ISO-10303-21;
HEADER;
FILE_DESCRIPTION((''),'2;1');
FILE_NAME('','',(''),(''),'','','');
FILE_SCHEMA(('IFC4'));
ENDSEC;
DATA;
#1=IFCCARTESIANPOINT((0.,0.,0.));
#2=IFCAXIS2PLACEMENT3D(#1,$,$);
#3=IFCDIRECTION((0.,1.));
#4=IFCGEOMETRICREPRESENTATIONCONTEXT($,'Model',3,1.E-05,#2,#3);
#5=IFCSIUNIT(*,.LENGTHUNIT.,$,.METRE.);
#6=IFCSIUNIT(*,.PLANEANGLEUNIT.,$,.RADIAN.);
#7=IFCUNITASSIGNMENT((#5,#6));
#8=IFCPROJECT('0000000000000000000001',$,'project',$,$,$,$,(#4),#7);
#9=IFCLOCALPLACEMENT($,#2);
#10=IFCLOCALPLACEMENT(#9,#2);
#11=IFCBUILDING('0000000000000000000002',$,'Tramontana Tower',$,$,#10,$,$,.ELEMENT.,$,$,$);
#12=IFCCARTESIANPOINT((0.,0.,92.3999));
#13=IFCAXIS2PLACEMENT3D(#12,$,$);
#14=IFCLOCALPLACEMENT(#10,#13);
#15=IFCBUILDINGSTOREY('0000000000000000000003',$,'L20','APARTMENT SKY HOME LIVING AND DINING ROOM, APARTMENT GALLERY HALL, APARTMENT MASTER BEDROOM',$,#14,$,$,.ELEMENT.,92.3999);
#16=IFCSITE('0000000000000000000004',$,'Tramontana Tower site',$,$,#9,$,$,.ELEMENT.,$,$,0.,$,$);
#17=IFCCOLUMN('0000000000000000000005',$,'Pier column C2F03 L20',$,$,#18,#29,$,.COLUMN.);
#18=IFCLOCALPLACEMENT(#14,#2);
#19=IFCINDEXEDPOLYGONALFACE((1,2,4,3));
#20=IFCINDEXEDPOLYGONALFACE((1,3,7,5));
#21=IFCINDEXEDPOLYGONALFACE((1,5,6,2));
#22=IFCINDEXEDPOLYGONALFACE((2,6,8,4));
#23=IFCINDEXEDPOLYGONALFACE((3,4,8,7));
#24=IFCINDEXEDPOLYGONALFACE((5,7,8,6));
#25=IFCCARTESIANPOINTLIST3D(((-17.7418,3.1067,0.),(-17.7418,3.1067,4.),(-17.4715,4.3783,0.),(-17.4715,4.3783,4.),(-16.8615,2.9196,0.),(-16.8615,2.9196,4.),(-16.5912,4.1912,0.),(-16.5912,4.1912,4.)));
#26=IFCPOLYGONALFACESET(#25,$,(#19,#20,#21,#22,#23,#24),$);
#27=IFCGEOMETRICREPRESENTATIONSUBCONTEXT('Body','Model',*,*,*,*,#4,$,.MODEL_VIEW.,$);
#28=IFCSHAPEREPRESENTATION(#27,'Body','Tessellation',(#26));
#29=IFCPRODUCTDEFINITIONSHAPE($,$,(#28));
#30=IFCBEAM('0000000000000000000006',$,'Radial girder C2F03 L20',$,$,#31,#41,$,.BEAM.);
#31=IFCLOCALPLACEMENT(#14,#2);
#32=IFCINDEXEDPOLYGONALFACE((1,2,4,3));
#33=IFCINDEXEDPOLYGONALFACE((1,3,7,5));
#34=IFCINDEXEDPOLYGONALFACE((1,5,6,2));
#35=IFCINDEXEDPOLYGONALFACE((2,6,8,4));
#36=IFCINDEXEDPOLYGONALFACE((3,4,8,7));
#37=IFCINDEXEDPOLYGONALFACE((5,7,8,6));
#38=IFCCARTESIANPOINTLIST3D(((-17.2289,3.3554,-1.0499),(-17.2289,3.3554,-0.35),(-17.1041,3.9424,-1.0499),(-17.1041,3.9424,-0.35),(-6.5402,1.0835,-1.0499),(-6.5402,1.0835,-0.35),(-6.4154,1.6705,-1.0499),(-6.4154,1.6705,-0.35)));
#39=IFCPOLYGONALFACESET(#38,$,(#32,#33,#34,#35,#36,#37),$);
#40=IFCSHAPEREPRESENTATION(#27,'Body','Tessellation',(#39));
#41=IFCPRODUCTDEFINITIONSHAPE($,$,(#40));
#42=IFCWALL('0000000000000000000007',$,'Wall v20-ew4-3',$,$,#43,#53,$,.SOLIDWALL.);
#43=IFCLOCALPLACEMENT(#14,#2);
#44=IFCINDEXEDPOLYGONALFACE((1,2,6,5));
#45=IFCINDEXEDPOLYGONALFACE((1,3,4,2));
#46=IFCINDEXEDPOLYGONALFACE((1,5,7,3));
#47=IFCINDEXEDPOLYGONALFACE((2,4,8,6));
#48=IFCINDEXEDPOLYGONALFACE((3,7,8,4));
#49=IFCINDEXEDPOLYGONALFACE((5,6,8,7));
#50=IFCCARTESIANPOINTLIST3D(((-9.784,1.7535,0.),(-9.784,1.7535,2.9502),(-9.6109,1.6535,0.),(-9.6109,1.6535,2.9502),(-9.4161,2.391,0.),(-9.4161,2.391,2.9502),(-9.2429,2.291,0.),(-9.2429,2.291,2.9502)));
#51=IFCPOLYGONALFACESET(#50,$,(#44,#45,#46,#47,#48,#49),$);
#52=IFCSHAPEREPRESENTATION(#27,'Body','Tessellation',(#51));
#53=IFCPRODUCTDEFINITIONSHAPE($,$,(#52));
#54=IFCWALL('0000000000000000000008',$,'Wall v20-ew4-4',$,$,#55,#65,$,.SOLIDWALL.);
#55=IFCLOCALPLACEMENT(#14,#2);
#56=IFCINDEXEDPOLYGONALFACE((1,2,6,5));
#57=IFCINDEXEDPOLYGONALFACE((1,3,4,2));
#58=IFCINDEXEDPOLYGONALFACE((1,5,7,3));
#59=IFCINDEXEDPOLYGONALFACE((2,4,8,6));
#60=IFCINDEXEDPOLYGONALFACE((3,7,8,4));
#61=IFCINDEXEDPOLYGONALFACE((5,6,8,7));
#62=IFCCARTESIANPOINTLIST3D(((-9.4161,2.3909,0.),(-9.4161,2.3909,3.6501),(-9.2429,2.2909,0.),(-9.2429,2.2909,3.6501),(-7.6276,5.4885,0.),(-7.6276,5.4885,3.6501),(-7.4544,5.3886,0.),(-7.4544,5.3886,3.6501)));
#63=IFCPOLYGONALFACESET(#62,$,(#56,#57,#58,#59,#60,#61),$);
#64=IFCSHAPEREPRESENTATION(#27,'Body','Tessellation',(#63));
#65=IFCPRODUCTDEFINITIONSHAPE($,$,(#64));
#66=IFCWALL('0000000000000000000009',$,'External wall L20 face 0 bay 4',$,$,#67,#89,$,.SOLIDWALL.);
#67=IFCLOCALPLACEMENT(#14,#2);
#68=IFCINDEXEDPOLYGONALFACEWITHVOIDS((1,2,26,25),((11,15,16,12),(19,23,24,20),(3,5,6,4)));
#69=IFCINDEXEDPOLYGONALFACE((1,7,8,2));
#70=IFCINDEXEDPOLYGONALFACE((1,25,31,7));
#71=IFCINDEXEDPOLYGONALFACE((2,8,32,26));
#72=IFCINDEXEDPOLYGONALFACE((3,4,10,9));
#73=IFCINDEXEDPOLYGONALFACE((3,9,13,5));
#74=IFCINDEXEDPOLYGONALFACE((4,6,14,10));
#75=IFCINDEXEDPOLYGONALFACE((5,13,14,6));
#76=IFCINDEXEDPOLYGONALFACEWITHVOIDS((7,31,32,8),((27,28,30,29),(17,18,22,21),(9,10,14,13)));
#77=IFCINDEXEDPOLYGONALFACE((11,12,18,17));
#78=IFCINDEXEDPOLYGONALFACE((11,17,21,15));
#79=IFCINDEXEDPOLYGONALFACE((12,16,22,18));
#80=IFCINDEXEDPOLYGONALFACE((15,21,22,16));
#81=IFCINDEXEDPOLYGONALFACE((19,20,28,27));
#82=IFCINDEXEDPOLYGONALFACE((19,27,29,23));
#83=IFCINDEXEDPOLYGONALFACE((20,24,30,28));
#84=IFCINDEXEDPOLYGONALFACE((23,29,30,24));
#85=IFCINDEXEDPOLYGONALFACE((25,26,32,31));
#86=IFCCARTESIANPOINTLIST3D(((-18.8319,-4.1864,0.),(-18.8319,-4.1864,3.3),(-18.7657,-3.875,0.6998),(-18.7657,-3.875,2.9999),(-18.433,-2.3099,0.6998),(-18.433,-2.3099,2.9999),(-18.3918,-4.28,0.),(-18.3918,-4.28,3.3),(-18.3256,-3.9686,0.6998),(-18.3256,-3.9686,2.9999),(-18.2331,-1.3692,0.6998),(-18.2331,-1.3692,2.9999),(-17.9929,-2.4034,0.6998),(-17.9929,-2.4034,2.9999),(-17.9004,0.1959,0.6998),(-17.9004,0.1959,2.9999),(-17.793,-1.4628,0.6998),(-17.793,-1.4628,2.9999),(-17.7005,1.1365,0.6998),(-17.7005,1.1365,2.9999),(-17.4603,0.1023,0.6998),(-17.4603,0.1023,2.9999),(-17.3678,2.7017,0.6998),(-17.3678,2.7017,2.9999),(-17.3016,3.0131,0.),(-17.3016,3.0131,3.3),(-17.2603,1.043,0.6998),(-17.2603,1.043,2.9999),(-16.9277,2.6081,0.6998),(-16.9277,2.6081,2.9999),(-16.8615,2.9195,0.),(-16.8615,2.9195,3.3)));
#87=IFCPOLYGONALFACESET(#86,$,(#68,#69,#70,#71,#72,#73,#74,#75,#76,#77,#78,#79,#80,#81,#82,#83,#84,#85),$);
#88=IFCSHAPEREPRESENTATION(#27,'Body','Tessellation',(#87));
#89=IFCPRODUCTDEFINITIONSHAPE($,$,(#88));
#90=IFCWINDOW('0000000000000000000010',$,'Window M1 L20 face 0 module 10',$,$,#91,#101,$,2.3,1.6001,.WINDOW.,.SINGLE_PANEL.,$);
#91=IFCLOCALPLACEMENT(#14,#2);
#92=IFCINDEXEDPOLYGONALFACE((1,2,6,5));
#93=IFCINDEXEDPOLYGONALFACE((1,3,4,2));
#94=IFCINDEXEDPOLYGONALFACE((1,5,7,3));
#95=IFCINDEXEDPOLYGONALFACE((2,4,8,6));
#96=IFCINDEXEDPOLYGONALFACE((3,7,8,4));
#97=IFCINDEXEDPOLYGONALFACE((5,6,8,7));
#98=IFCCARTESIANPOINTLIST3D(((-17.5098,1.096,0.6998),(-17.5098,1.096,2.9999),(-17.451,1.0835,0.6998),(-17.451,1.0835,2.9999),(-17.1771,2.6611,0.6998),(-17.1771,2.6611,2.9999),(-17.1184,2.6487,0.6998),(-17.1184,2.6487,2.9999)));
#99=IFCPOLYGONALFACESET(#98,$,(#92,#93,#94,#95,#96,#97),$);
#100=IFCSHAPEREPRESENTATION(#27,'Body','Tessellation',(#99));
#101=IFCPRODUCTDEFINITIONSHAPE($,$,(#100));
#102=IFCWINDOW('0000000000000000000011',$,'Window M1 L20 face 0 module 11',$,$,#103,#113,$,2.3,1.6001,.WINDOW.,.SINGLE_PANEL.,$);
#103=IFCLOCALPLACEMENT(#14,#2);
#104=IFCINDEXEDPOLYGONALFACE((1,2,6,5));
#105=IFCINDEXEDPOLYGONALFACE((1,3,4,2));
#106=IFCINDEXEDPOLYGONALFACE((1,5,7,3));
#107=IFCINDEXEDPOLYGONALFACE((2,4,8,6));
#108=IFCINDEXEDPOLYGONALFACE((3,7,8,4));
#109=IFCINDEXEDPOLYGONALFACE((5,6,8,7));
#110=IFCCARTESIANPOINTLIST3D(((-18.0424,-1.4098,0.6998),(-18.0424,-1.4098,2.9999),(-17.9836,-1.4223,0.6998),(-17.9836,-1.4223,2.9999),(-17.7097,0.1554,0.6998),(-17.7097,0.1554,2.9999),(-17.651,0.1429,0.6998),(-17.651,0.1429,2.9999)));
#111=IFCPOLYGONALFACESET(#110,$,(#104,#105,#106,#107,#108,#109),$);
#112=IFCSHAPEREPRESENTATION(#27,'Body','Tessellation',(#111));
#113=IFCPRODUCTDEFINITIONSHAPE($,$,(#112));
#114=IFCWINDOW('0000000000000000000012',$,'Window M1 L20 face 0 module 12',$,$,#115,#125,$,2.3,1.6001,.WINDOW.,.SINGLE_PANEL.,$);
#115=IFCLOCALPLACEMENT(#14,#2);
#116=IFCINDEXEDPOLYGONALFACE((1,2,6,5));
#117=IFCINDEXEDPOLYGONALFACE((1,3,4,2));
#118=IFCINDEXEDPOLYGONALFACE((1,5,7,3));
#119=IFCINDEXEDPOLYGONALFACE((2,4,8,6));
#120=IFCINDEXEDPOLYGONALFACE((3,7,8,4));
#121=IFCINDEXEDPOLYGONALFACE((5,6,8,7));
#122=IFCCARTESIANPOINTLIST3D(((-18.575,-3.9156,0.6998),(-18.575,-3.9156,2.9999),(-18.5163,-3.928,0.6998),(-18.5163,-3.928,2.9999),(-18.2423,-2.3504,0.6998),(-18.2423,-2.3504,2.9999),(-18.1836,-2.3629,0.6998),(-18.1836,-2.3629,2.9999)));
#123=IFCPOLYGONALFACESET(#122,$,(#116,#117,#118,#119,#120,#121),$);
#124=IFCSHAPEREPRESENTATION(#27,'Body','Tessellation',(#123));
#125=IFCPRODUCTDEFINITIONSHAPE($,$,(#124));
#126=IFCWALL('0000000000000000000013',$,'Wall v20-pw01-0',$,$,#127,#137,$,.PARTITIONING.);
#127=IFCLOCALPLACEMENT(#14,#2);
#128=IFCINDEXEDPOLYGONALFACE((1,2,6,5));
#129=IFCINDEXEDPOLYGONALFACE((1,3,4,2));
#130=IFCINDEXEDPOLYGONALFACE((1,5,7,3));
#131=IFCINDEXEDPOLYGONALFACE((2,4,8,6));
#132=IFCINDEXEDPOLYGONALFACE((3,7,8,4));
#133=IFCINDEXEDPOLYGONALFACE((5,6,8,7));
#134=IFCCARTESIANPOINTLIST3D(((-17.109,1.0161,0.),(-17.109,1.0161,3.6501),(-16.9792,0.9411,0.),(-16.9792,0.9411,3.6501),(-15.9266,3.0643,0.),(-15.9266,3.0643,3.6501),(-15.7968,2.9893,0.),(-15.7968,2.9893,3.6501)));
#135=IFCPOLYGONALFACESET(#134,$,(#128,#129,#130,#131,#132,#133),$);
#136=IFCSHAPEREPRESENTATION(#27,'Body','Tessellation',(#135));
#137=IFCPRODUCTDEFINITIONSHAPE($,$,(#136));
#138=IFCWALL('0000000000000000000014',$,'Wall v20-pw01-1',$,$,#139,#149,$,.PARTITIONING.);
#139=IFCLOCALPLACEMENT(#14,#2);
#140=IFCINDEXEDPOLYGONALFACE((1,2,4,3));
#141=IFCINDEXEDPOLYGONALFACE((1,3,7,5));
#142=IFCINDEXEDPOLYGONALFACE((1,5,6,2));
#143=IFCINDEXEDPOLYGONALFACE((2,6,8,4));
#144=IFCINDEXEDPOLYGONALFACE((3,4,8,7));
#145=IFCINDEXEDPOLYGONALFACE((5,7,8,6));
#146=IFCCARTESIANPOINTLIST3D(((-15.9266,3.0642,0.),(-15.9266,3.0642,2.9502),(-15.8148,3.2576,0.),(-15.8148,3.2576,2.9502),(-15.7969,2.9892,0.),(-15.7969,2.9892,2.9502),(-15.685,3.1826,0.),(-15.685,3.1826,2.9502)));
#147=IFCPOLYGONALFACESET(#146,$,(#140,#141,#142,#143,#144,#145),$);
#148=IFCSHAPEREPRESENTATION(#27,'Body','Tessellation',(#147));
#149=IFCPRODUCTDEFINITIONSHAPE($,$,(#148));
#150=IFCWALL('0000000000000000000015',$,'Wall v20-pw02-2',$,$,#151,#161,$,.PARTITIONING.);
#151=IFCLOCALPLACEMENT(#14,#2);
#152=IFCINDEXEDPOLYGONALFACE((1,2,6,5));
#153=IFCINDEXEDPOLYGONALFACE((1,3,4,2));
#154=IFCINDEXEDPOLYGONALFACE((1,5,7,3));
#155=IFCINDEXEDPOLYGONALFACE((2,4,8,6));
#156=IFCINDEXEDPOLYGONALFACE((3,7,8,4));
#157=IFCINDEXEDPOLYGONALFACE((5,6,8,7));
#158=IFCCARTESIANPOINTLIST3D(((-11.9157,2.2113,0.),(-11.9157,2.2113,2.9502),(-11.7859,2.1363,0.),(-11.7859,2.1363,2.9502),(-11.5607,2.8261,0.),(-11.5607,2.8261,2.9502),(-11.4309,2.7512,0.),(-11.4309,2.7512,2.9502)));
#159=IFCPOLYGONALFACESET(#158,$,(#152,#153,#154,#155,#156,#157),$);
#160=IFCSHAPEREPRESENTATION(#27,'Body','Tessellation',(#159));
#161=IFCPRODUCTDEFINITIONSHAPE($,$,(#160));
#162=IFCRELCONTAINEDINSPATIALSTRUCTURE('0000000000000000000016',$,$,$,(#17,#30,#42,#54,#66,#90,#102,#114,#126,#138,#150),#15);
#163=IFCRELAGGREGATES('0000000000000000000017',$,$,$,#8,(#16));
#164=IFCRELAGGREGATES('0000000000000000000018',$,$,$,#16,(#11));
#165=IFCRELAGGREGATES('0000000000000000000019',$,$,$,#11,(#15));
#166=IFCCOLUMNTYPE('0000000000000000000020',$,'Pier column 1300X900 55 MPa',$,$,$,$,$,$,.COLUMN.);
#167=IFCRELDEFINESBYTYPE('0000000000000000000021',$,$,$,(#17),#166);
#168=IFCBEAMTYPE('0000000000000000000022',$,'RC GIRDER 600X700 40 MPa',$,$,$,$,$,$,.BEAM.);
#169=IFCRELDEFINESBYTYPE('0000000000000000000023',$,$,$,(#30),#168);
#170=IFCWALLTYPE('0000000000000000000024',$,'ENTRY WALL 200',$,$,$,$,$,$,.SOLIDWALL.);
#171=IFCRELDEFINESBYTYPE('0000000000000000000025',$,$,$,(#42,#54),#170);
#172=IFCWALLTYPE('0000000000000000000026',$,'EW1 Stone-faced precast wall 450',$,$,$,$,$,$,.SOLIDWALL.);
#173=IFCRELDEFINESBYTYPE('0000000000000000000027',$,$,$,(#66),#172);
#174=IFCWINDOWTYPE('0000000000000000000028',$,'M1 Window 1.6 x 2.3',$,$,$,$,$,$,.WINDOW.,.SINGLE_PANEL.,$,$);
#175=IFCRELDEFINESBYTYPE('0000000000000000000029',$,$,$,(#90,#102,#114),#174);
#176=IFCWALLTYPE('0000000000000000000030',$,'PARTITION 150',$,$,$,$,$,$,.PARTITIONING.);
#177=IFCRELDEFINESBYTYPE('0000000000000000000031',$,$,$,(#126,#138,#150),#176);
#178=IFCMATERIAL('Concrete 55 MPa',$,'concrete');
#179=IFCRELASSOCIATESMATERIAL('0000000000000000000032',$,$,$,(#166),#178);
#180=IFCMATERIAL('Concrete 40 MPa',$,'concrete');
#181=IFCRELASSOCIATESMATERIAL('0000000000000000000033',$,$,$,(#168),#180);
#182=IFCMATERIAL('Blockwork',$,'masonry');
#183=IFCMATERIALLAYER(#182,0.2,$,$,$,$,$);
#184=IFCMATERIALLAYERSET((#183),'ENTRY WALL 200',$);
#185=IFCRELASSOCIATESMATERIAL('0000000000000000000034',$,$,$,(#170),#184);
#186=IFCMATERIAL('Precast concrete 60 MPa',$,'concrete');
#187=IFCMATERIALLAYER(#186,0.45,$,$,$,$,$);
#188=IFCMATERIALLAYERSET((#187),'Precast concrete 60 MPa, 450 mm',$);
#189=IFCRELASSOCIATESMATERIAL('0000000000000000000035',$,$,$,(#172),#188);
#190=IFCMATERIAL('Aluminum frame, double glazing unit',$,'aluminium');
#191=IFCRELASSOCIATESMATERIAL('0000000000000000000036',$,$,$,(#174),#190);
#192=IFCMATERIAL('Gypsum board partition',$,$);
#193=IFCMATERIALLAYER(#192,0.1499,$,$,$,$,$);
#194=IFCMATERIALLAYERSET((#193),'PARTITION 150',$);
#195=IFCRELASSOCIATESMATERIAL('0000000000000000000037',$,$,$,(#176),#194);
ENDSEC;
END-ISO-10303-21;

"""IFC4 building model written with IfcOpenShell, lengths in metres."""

from ifc_helpers import new_model, si_unit, direction, frame, frame_2d, origin, origin_2d, place, context, subcontext, project, spatial, rectangle, extrude, material, layer, layer_set, material_profile, profile_set, type_object, element, fill, save


model = new_model("IFC4")

# Units and contexts
model_context = context("Model", 3, precision=1e-05, world=origin(), true_north=direction((0.0, 1.0)))
body_context = subcontext(model_context, "Body", "Model", "MODEL_VIEW")
ifc_project = project(units=[si_unit("LENGTHUNIT", "METRE"), si_unit("PLANEANGLEUNIT", "RADIAN")], contexts=[model_context])

# Site, building, storey
site_placement = place(None, origin())
site = spatial("IfcSite", under=ifc_project, at=site_placement, Name="Tramontana Tower site", CompositionType="ELEMENT", RefElevation=0.0)
building_placement = place(site_placement, origin())
building = spatial("IfcBuilding", under=site, at=building_placement, Name="Tramontana Tower", CompositionType="ELEMENT")
storey_placement = place(building_placement, frame((0.0, 0.0, 92.3999)))
storey = spatial("IfcBuildingStorey", under=building, at=storey_placement, Name="L20", Description="APARTMENT SKY HOME LIVING AND DINING ROOM, APARTMENT GALLERY HALL, APARTMENT MASTER BEDROOM", CompositionType="ELEMENT", Elevation=92.3999)

# Column
ifc_material_1 = material(Name="Concrete 55 MPa", Category="concrete")
ifc_material_profile_1 = material_profile(ifc_material_1, rectangle(XDim=1.3, YDim=0.8999, at=origin_2d()), Name="Pier column 1300X900 55 MPa")
ifc_profile_set_1 = profile_set([ifc_material_profile_1], Name="Concrete 55 MPa")
column_type = type_object("IfcColumnType", Name="Pier column 1300X900 55 MPa", PredefinedType="COLUMN", material=ifc_profile_set_1)
column_placement = place(storey_placement, frame((-17.1665, 3.6489, 0.0), z_axis=(0.0, 0.0, 1.0), x_axis=(-0.207912, -0.978148, 0.0)))
element("IfcColumn", 1, at=column_placement, inside=storey, type_object=column_type, Name="Pier column C2F03 L20", PredefinedType="COLUMN", context=body_context, shape_type="SweptSolid", body=[
    extrude(rectangle(XDim=1.3, YDim=0.8999, at=origin_2d()), origin(), (0.0, 0.0, 1.0), 4.0),
])

# Beam
ifc_material_2 = material(Name="Concrete 40 MPa", Category="concrete")
ifc_material_profile_2 = material_profile(ifc_material_2, rectangle(XDim=0.6001, YDim=0.7, at=origin_2d()), Name="RC GIRDER 600X700 40 MPa")
ifc_profile_set_2 = profile_set([ifc_material_profile_2], Name="Concrete 40 MPa")
beam_type = type_object("IfcBeamType", Name="RC GIRDER 600X700 40 MPa", PredefinedType="BEAM", material=ifc_profile_set_2)
beam_placement = place(storey_placement, frame((-17.1665, 3.6489, -0.7), z_axis=(0.978147, -0.207913, 0.0), x_axis=(0.207913, 0.978147, 0.0)))
element("IfcBeam", 2, at=beam_placement, inside=storey, type_object=beam_type, Name="Radial girder C2F03 L20", PredefinedType="BEAM", context=body_context, shape_type="SweptSolid", body=[
    extrude(rectangle(XDim=0.6001, YDim=0.7, at=origin_2d()), origin(), (0.0, 0.0, 1.0), 10.9275),
])

# Walls
ifc_material_3 = material(Name="Blockwork", Category="masonry")
ifc_layer_1 = layer(ifc_material_3, 0.2)
ifc_layer_set_1 = layer_set([ifc_layer_1], Name="ENTRY WALL 200")
wall_type_1 = type_object("IfcWallType", Name="ENTRY WALL 200", PredefinedType="SOLIDWALL", material=ifc_layer_set_1)
wall_1_placement = place(storey_placement, frame((-9.6975, 1.7034, 0.0), z_axis=(0.0, 0.0, 1.0), x_axis=(0.499885, 0.866092, 0.0)))
element("IfcWall", 3, at=wall_1_placement, inside=storey, type_object=wall_type_1, Name="Wall v20-ew4-3", PredefinedType="SOLIDWALL", context=body_context, shape_type="SweptSolid", body=[
    extrude(rectangle(XDim=0.7361, YDim=0.2, at=frame_2d((0.3682, 0.0))), origin(), (0.0, 0.0, 1.0), 2.9502),
])
wall_2_placement = place(storey_placement, frame((-9.3296, 2.3408, 0.0), z_axis=(0.0, 0.0, 1.0), x_axis=(0.50003, 0.866008, 0.0)))
element("IfcWall", 4, at=wall_2_placement, inside=storey, type_object=wall_type_1, Name="Wall v20-ew4-4", PredefinedType="SOLIDWALL", context=body_context, shape_type="SweptSolid", body=[
    extrude(rectangle(XDim=3.5769, YDim=0.2, at=frame_2d((1.7886, 0.0))), origin(), (0.0, 0.0, 1.0), 3.6501),
])

# Wall, openings, windows
ifc_material_4 = material(Name="Precast concrete 60 MPa", Category="concrete")
ifc_layer_2 = layer(ifc_material_4, 0.45)
ifc_layer_set_2 = layer_set([ifc_layer_2], Name="Precast concrete 60 MPa, 450 mm")
wall_type_2 = type_object("IfcWallType", Name="EW1 Stone-faced precast wall 450", PredefinedType="SOLIDWALL", material=ifc_layer_set_2)
wall_3_placement = place(storey_placement, frame((-17.0815, 2.9663, 0.0), z_axis=(0.0, 0.0, 1.0), x_axis=(-0.207909, -0.978148, 0.0)))
wall_3 = element("IfcWall", 5, at=wall_3_placement, inside=storey, type_object=wall_type_2, Name="External wall L20 face 0 bay 4", PredefinedType="SOLIDWALL", context=body_context, shape_type="SweptSolid", body=[
    extrude(rectangle(XDim=7.3604, YDim=0.45, at=frame_2d((3.6802, 0.0))), origin(), (0.0, 0.0, 1.0), 3.3),
])
opening_1_placement = place(wall_3_placement, frame((0.3184, 0.0, 0.7)))
opening_1 = element("IfcOpeningElement", 6, at=opening_1_placement, cuts=wall_3, PredefinedType="OPENING", context=body_context, shape_type="SweptSolid", body=[
    extrude(rectangle(XDim=1.6001, YDim=2.3, at=frame_2d((0.8, 1.1499))), frame((0.0, 0.2349, 0.0), z_axis=(0.0, -1.0, 0.0), x_axis=(1.0, 0.0, 0.0)), (0.0, 0.0, 1.0), 0.47),
])
opening_2_placement = place(wall_3_placement, frame((2.8801, 0.0, 0.7)))
opening_2 = element("IfcOpeningElement", 7, at=opening_2_placement, cuts=wall_3, PredefinedType="OPENING", context=body_context, shape_type="SweptSolid", body=[
    extrude(rectangle(XDim=1.6001, YDim=2.3, at=frame_2d((0.8, 1.1499))), frame((0.0, 0.2349, 0.0), z_axis=(0.0, -1.0, 0.0), x_axis=(1.0, 0.0, 0.0)), (0.0, 0.0, 1.0), 0.47),
])
opening_3_placement = place(wall_3_placement, frame((5.4419, 0.0, 0.7)))
opening_3 = element("IfcOpeningElement", 8, at=opening_3_placement, cuts=wall_3, PredefinedType="OPENING", context=body_context, shape_type="SweptSolid", body=[
    extrude(rectangle(XDim=1.6001, YDim=2.3, at=frame_2d((0.8, 1.1499))), frame((0.0, 0.2349, 0.0), z_axis=(0.0, -1.0, 0.0), x_axis=(1.0, 0.0, 0.0)), (0.0, 0.0, 1.0), 0.47),
])
ifc_material_5 = material(Name="Aluminum frame, double glazing unit", Category="aluminium")
window_type = type_object("IfcWindowType", Name="M1 Window 1.6 x 2.3", PartitioningType="SINGLE_PANEL", PredefinedType="WINDOW", material=ifc_material_5)
window_1_placement = place(opening_1_placement, origin())
window_1 = element("IfcWindow", 9, at=window_1_placement, inside=storey, type_object=window_type, Name="Window M1 L20 face 0 module 10", OverallHeight=2.3, OverallWidth=1.6001, PartitioningType="SINGLE_PANEL", PredefinedType="WINDOW", context=body_context, shape_type="SweptSolid", body=[
    extrude(rectangle(XDim=1.6001, YDim=2.3, at=frame_2d((0.8, 1.1499))), frame((0.0, 0.03, 0.0), z_axis=(0.0, -1.0, 0.0), x_axis=(1.0, 0.0, 0.0)), (0.0, 0.0, 1.0), 0.0601),
])
fill(opening_1, window_1)
window_2_placement = place(opening_2_placement, origin())
window_2 = element("IfcWindow", 10, at=window_2_placement, inside=storey, type_object=window_type, Name="Window M1 L20 face 0 module 11", OverallHeight=2.3, OverallWidth=1.6001, PartitioningType="SINGLE_PANEL", PredefinedType="WINDOW", context=body_context, shape_type="SweptSolid", body=[
    extrude(rectangle(XDim=1.6001, YDim=2.3, at=frame_2d((0.8, 1.1499))), frame((0.0, 0.03, 0.0), z_axis=(0.0, -1.0, 0.0), x_axis=(1.0, 0.0, 0.0)), (0.0, 0.0, 1.0), 0.0601),
])
fill(opening_2, window_2)
window_3_placement = place(opening_3_placement, origin())
window_3 = element("IfcWindow", 11, at=window_3_placement, inside=storey, type_object=window_type, Name="Window M1 L20 face 0 module 12", OverallHeight=2.3, OverallWidth=1.6001, PartitioningType="SINGLE_PANEL", PredefinedType="WINDOW", context=body_context, shape_type="SweptSolid", body=[
    extrude(rectangle(XDim=1.6001, YDim=2.3, at=frame_2d((0.8, 1.1499))), frame((0.0, 0.03, 0.0), z_axis=(0.0, -1.0, 0.0), x_axis=(1.0, 0.0, 0.0)), (0.0, 0.0, 1.0), 0.0601),
])
fill(opening_3, window_3)

# Walls
ifc_material_6 = material(Name="Gypsum board partition")
ifc_layer_3 = layer(ifc_material_6, 0.1499)
ifc_layer_set_3 = layer_set([ifc_layer_3], Name="PARTITION 150")
wall_type_3 = type_object("IfcWallType", Name="PARTITION 150", PredefinedType="PARTITIONING", material=ifc_layer_set_3)
wall_4_placement = place(storey_placement, frame((-17.0442, 0.9785, 0.0), z_axis=(0.0, 0.0, 1.0), x_axis=(0.49997, 0.866043, 0.0)))
element("IfcWall", 12, at=wall_4_placement, inside=storey, type_object=wall_type_3, Name="Wall v20-pw01-0", PredefinedType="PARTITIONING", context=body_context, shape_type="SweptSolid", body=[
    extrude(rectangle(XDim=2.365, YDim=0.1499, at=frame_2d((1.1826, 0.0))), origin(), (0.0, 0.0, 1.0), 3.6501),
])
wall_5_placement = place(storey_placement, frame((-15.8618, 3.0266, 0.0), z_axis=(0.0, 0.0, 1.0), x_axis=(0.500605, 0.865676, 0.0)))
element("IfcWall", 13, at=wall_5_placement, inside=storey, type_object=wall_type_3, Name="Wall v20-pw01-1", PredefinedType="PARTITIONING", context=body_context, shape_type="SweptSolid", body=[
    extrude(rectangle(XDim=0.2234, YDim=0.1499, at=frame_2d((0.1118, 0.0))), origin(), (0.0, 0.0, 1.0), 2.9502),
])
wall_6_placement = place(storey_placement, frame((-11.8508, 2.1738, 0.0), z_axis=(0.0, 0.0, 1.0), x_axis=(0.50006, 0.865991, 0.0)))
element("IfcWall", 14, at=wall_6_placement, inside=storey, type_object=wall_type_3, Name="Wall v20-pw02-2", PredefinedType="PARTITIONING", context=body_context, shape_type="SweptSolid", body=[
    extrude(rectangle(XDim=0.71, YDim=0.1499, at=frame_2d((0.355, 0.0))), origin(), (0.0, 0.0, 1.0), 2.9502),
])

save(model, "model.ifc")
